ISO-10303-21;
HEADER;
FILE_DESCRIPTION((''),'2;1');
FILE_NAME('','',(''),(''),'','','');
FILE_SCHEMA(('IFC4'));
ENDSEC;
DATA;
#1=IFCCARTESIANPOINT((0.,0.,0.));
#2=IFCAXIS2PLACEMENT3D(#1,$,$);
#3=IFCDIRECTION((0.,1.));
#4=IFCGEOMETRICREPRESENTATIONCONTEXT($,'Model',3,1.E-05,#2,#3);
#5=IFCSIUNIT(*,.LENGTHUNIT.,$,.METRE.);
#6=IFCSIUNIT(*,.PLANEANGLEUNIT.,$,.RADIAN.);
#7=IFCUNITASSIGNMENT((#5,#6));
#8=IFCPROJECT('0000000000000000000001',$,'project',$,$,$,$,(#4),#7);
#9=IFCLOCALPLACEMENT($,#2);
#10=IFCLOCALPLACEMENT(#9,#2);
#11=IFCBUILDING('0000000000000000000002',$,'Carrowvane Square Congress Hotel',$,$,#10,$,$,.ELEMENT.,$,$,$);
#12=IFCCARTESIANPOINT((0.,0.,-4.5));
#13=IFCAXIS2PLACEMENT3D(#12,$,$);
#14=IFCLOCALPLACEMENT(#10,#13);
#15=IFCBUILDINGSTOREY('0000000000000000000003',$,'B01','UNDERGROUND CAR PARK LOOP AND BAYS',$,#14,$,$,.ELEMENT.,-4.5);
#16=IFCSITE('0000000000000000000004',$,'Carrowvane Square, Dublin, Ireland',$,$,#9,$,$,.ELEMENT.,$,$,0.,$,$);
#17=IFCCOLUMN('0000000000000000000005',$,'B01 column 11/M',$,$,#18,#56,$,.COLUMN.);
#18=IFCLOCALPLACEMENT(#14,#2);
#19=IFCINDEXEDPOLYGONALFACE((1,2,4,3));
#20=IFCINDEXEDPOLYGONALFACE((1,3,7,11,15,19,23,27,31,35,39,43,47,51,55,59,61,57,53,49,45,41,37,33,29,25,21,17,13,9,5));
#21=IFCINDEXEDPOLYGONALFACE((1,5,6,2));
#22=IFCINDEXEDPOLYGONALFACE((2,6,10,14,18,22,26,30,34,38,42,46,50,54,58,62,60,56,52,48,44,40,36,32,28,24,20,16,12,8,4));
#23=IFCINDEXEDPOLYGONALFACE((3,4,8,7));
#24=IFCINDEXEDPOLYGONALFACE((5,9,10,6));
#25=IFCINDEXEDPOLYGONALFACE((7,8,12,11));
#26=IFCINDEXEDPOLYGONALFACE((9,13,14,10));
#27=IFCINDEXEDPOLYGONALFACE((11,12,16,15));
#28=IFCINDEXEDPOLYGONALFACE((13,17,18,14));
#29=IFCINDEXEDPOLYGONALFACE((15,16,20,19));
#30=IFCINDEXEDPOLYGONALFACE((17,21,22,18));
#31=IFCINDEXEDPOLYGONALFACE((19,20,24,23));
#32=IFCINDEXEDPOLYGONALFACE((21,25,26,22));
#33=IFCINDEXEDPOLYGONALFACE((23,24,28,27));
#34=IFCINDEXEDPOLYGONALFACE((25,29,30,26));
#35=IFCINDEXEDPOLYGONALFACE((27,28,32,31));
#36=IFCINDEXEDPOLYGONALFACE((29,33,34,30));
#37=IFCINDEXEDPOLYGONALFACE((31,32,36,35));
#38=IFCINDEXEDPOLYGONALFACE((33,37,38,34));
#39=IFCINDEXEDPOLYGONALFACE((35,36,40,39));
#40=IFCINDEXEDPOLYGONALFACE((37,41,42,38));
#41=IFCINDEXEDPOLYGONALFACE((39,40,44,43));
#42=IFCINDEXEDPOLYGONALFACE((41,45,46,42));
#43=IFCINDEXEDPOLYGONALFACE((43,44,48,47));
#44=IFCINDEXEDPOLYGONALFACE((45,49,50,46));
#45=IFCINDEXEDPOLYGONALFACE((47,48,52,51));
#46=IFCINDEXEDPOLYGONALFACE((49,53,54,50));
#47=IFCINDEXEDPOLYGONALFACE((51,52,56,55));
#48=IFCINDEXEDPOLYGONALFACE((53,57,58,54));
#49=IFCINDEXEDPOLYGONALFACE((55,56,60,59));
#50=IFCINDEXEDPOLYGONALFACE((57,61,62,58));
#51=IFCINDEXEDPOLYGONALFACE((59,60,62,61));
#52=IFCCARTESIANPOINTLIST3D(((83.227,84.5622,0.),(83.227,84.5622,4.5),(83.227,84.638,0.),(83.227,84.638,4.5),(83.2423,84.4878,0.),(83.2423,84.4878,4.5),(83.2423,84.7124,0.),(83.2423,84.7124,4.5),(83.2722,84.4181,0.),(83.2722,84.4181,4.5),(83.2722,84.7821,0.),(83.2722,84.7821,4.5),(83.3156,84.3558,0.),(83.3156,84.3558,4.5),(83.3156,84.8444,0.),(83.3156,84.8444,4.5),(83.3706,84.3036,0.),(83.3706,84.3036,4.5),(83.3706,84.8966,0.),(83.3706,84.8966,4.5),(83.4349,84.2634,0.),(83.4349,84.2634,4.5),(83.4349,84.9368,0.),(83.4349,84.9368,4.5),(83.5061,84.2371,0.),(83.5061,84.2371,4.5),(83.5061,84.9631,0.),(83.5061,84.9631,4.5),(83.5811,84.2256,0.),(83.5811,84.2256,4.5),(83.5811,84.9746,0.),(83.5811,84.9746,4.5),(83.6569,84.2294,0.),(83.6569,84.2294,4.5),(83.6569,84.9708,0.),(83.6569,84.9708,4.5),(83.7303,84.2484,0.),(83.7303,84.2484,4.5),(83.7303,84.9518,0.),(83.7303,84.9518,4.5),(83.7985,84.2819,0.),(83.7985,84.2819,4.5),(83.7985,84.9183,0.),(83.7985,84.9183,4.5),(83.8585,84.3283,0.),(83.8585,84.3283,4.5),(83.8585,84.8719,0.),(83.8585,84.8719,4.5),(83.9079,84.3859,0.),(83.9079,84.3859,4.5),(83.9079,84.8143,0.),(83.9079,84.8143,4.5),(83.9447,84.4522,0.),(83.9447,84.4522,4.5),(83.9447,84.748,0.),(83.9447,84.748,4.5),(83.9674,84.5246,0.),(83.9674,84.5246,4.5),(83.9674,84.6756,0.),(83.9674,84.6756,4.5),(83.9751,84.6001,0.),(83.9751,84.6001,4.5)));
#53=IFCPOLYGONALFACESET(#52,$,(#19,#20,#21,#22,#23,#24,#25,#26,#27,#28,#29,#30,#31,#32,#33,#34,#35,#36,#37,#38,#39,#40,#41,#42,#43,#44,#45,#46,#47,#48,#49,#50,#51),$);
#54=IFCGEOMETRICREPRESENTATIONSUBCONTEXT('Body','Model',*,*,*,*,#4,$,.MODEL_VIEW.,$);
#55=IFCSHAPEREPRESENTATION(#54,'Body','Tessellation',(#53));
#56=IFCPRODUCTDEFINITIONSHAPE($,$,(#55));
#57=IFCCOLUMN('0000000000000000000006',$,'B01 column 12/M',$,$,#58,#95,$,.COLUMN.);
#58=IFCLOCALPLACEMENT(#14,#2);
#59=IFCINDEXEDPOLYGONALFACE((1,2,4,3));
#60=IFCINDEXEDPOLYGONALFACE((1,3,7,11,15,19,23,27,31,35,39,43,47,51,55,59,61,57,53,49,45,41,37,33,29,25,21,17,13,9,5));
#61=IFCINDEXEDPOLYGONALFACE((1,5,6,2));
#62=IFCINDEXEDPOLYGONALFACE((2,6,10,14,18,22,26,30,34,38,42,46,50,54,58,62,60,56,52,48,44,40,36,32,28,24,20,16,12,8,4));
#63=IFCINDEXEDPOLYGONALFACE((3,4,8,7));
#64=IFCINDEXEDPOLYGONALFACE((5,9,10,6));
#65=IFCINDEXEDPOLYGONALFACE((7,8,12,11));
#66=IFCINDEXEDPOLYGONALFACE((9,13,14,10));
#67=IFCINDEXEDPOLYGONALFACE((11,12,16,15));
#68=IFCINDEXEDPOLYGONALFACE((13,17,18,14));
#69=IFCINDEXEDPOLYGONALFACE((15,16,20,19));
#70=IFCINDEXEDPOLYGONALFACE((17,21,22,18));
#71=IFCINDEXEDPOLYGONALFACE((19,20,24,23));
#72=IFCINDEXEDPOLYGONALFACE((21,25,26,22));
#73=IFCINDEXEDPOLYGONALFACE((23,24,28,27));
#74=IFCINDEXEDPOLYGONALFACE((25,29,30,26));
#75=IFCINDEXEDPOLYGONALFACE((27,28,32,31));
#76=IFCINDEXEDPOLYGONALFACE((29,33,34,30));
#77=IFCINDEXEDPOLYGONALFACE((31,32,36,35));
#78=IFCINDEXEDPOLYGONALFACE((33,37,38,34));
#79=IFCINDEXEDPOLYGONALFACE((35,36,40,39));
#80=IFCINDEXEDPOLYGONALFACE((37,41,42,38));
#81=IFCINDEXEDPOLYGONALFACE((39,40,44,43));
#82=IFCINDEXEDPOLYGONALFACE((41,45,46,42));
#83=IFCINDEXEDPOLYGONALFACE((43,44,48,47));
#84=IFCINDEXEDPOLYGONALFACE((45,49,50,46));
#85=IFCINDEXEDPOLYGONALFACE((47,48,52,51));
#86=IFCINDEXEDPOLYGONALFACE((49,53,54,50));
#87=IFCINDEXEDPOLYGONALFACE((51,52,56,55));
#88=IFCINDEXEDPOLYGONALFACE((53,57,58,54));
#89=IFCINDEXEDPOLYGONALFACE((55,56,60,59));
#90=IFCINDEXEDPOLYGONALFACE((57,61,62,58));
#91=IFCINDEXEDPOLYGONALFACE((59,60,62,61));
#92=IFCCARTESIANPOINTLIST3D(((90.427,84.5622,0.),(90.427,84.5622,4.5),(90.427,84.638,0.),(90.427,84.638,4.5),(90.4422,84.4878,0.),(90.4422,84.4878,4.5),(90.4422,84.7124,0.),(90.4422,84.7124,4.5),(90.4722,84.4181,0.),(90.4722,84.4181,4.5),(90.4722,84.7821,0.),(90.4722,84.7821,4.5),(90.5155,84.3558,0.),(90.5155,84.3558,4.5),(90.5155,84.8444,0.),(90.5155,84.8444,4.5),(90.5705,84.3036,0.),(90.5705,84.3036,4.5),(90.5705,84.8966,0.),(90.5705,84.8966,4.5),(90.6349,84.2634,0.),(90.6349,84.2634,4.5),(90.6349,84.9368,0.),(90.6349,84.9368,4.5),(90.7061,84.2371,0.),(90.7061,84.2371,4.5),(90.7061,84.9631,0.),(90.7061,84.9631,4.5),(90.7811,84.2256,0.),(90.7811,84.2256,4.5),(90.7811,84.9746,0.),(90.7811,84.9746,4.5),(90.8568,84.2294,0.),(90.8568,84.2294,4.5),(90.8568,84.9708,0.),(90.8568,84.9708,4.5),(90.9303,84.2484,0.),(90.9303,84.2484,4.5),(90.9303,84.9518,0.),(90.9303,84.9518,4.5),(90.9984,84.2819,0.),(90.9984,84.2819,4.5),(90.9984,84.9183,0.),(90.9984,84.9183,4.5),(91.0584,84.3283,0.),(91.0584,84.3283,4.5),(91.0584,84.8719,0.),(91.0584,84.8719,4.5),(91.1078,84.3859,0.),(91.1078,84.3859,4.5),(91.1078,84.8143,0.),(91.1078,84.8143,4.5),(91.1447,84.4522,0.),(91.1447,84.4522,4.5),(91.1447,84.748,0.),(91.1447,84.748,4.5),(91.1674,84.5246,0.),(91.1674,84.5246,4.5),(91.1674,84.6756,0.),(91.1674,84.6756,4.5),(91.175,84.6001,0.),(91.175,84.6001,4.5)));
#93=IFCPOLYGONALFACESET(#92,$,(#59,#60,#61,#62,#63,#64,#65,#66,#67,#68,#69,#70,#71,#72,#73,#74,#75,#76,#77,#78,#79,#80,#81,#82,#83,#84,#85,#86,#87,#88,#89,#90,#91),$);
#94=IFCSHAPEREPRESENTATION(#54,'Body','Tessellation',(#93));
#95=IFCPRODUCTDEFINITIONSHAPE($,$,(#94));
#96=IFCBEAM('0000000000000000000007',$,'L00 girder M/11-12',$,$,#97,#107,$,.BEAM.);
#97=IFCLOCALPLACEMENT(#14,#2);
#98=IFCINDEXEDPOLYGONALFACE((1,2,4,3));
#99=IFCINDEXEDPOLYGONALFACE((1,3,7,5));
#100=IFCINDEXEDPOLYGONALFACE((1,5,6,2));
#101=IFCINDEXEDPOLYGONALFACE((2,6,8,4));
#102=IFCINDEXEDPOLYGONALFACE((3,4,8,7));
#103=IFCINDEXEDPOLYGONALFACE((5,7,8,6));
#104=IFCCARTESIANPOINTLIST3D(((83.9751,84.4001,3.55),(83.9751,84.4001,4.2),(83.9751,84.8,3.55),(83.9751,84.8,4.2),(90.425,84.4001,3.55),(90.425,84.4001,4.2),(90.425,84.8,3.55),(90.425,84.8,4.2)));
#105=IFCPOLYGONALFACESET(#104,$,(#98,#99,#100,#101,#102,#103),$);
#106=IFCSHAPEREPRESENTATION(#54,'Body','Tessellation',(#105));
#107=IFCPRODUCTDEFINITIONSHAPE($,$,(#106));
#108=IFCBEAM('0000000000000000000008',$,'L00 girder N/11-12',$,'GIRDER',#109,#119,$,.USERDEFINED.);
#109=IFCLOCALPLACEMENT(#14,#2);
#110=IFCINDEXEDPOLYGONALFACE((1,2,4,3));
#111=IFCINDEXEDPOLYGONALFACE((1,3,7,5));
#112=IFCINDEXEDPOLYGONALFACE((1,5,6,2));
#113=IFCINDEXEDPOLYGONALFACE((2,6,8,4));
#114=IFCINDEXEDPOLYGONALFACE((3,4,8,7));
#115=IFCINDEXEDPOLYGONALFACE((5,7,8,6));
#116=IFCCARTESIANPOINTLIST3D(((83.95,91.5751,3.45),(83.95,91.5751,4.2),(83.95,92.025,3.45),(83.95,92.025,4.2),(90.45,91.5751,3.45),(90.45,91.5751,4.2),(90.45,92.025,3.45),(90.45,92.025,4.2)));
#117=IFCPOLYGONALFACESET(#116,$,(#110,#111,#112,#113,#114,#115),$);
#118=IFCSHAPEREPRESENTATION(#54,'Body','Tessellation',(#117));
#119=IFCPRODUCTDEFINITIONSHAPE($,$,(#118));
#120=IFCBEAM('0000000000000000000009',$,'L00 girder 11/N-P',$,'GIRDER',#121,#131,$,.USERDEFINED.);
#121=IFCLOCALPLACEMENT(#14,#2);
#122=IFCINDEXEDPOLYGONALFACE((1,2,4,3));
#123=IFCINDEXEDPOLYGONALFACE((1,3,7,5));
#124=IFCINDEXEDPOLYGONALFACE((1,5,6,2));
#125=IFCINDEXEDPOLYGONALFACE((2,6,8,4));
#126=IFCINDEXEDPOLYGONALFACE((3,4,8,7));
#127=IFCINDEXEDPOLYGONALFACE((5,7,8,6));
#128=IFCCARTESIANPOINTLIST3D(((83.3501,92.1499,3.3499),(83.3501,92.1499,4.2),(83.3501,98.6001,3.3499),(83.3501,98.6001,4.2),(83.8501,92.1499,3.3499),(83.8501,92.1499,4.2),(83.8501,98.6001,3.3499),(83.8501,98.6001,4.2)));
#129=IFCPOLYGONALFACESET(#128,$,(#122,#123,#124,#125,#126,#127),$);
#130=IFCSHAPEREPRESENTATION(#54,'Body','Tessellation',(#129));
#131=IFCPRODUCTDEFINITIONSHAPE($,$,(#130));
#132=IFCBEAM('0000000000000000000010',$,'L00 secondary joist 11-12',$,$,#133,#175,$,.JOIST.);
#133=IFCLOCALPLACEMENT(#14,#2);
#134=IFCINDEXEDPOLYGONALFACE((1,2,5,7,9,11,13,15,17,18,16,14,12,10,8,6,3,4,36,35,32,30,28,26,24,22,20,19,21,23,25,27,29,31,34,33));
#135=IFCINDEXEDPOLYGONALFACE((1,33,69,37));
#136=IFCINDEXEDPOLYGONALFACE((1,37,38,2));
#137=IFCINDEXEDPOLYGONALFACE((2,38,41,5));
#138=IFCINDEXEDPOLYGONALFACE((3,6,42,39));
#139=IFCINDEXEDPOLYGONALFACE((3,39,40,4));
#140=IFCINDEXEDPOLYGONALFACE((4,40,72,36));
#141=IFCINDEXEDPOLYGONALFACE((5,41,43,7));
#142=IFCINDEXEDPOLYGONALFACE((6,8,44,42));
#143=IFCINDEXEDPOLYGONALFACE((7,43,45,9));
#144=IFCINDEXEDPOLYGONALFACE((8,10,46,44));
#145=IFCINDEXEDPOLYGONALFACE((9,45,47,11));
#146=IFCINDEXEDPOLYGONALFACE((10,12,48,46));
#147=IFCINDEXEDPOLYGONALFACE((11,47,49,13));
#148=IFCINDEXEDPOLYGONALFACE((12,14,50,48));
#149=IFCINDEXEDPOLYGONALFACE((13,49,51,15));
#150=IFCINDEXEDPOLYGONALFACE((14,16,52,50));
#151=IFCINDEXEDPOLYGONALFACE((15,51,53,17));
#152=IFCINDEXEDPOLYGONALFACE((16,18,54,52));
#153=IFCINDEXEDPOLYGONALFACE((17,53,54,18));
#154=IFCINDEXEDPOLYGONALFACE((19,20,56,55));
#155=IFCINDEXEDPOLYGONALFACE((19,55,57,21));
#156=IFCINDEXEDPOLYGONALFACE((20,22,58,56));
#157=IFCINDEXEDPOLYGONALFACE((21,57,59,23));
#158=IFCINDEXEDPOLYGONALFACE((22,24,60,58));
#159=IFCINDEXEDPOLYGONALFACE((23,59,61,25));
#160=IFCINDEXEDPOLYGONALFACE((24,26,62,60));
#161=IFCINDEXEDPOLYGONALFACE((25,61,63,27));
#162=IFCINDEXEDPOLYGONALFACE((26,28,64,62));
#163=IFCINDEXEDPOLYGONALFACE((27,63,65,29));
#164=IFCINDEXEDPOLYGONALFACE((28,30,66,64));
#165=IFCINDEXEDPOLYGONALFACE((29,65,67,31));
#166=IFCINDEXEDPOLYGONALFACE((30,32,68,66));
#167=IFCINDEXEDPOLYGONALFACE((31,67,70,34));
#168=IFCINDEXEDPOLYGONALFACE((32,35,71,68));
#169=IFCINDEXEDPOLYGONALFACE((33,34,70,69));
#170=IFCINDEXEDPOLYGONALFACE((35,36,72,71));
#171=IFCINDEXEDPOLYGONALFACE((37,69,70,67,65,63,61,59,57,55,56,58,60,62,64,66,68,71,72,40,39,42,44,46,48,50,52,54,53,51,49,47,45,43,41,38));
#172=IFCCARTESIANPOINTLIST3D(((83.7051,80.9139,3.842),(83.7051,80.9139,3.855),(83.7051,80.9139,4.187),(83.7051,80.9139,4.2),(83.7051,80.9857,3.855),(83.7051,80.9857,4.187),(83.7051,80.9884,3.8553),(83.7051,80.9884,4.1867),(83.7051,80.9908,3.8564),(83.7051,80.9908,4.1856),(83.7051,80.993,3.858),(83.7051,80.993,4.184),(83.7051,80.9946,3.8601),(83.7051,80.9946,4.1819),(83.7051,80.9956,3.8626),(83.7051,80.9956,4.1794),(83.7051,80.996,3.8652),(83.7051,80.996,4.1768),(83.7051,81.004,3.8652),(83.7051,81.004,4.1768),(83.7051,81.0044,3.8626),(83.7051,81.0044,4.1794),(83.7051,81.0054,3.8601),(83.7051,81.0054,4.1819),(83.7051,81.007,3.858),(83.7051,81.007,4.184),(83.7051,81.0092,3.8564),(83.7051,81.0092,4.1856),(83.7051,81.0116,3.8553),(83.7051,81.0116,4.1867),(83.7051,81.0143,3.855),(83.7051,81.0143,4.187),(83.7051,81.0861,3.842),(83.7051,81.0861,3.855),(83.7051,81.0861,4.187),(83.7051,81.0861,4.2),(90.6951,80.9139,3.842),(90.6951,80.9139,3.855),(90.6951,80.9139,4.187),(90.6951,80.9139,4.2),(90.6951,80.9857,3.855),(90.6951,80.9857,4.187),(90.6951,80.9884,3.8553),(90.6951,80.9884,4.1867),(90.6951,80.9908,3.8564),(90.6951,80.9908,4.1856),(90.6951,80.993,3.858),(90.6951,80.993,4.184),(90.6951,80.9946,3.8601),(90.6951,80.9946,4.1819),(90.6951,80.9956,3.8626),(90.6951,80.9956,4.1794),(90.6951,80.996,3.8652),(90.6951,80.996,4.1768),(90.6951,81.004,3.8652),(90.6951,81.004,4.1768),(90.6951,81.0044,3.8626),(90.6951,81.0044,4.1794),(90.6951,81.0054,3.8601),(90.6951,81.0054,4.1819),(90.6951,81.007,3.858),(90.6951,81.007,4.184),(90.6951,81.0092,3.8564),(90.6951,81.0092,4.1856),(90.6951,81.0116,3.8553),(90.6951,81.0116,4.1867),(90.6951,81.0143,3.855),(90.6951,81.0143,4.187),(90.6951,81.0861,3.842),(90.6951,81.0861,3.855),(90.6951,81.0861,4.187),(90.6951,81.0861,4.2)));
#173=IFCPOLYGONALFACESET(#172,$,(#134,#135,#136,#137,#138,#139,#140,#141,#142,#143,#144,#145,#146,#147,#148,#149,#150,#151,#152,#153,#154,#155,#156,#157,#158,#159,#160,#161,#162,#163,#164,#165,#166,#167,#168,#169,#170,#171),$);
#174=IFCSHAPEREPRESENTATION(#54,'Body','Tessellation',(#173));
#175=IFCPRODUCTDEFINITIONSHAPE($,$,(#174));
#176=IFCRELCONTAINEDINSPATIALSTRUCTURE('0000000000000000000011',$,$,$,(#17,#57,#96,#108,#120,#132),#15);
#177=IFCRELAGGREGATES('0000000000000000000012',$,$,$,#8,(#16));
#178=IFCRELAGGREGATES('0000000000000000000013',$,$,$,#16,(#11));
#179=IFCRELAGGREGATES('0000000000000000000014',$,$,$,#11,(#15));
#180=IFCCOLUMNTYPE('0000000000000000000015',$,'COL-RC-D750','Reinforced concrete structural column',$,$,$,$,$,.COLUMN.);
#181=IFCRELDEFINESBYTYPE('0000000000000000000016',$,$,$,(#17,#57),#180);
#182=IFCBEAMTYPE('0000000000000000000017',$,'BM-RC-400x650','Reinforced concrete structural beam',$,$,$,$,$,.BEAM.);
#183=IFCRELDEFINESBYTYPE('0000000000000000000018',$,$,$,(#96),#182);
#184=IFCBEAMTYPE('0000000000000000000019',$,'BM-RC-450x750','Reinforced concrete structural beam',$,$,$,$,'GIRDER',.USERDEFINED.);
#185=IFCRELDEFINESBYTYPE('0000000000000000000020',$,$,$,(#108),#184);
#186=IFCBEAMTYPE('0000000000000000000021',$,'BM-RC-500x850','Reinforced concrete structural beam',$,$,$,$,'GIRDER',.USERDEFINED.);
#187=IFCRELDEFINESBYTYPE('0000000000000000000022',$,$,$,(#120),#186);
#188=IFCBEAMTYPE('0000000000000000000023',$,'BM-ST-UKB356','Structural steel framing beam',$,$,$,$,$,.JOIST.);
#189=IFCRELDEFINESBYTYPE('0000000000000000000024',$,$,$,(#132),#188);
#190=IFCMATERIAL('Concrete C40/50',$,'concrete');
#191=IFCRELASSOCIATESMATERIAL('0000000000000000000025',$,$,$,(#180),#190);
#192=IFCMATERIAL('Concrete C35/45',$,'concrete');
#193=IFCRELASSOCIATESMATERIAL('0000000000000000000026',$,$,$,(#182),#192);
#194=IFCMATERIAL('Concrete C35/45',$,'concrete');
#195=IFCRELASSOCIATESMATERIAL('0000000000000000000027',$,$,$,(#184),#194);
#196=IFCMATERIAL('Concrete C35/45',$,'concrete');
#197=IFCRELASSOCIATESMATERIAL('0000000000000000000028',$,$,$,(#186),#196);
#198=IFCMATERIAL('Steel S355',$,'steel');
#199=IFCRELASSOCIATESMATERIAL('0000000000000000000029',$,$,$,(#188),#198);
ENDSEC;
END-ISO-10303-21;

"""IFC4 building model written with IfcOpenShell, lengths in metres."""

from ifc_helpers import new_model, si_unit, direction, frame, origin, origin_2d, place, context, subcontext, project, spatial, rectangle, circle, i_section, extrude, material, material_profile, profile_set, type_object, element, save


model = new_model("IFC4")

# Units and contexts
model_context = context("Model", 3, precision=1e-05, world=origin(), true_north=direction((0.0, 1.0)))
body_context = subcontext(model_context, "Body", "Model", "MODEL_VIEW")
ifc_project = project(units=[si_unit("LENGTHUNIT", "METRE"), si_unit("PLANEANGLEUNIT", "RADIAN")], contexts=[model_context])

# Site, building, storey
site_placement = place(None, origin())
site = spatial("IfcSite", under=ifc_project, at=site_placement, Name="Carrowvane Square, Dublin, Ireland", CompositionType="ELEMENT", RefElevation=0.0)
building_placement = place(site_placement, origin())
building = spatial("IfcBuilding", under=site, at=building_placement, Name="Carrowvane Square Congress Hotel", CompositionType="ELEMENT")
storey_placement = place(building_placement, frame((0.0, 0.0, -4.5)))
storey = spatial("IfcBuildingStorey", under=building, at=storey_placement, Name="B01", Description="UNDERGROUND CAR PARK LOOP AND BAYS", CompositionType="ELEMENT", Elevation=-4.5)

# Columns
ifc_material_1 = material(Name="Concrete C40/50", Category="concrete")
ifc_material_profile_1 = material_profile(ifc_material_1, circle(Radius=0.375, at=origin_2d()), Name="RC D750")
ifc_profile_set_1 = profile_set([ifc_material_profile_1], Name="Concrete C40/50")
column_type_1 = type_object("IfcColumnType", Name="COL-RC-D750", Description="Reinforced concrete structural column", PredefinedType="COLUMN", material=ifc_profile_set_1)
for number, where, z_axis, x_axis, name in (
    (1, (83.6001, 84.6001, 0.0), (0.0, 0.0, 1.0), (1.0, 0.0, 0.0), "B01 column 11/M"),
    (2, (90.8, 84.6001, 0.0), (0.0, 0.0, 1.0), (1.0, 0.0, 0.0), "B01 column 12/M"),
):
    element("IfcColumn", number, at=place(storey_placement, frame(where, z_axis=z_axis, x_axis=x_axis)), inside=storey, type_object=column_type_1, Name=name, PredefinedType="COLUMN", context=body_context, shape_type="SweptSolid", body=[
        extrude(circle(Radius=0.375, at=origin_2d()), origin(), (0.0, 0.0, 1.0), 4.5),
    ])

# Beams
ifc_material_2 = material(Name="Concrete C35/45", Category="concrete")
ifc_material_profile_2 = material_profile(ifc_material_2, rectangle(XDim=0.3999, YDim=0.6499, at=origin_2d()), Name="RC 400x650")
ifc_profile_set_2 = profile_set([ifc_material_profile_2], Name="Concrete C35/45")
beam_type_1 = type_object("IfcBeamType", Name="BM-RC-400x650", Description="Reinforced concrete structural beam", PredefinedType="BEAM", material=ifc_profile_set_2)
beam_1_placement = place(storey_placement, frame((83.9751, 84.6001, 3.875), z_axis=(1.0, 0.0, 0.0), x_axis=(0.0, 1.0, 0.0)))
element("IfcBeam", 3, at=beam_1_placement, inside=storey, type_object=beam_type_1, Name="L00 girder M/11-12", PredefinedType="BEAM", context=body_context, shape_type="SweptSolid", body=[
    extrude(rectangle(XDim=0.3999, YDim=0.6499, at=origin_2d()), origin(), (0.0, 0.0, 1.0), 6.45),
])
ifc_material_3 = material(Name="Concrete C35/45", Category="concrete")
ifc_material_profile_3 = material_profile(ifc_material_3, rectangle(XDim=0.45, YDim=0.75, at=origin_2d()), Name="RC 450x750")
ifc_profile_set_3 = profile_set([ifc_material_profile_3], Name="Concrete C35/45")
beam_type_2 = type_object("IfcBeamType", Name="BM-RC-450x750", Description="Reinforced concrete structural beam", ElementType="GIRDER", PredefinedType="USERDEFINED", material=ifc_profile_set_3)
beam_2_placement = place(storey_placement, frame((83.95, 91.8, 3.825), z_axis=(1.0, 0.0, 0.0), x_axis=(0.0, 1.0, 0.0)))
element("IfcBeam", 4, at=beam_2_placement, inside=storey, type_object=beam_type_2, Name="L00 girder N/11-12", ObjectType="GIRDER", PredefinedType="USERDEFINED", context=body_context, shape_type="SweptSolid", body=[
    extrude(rectangle(XDim=0.45, YDim=0.75, at=origin_2d()), origin(), (0.0, 0.0, 1.0), 6.5),
])
ifc_material_4 = material(Name="Concrete C35/45", Category="concrete")
ifc_material_profile_4 = material_profile(ifc_material_4, rectangle(XDim=0.5, YDim=0.8501, at=origin_2d()), Name="RC 500x850")
ifc_profile_set_4 = profile_set([ifc_material_profile_4], Name="Concrete C35/45")
beam_type_3 = type_object("IfcBeamType", Name="BM-RC-500x850", Description="Reinforced concrete structural beam", ElementType="GIRDER", PredefinedType="USERDEFINED", material=ifc_profile_set_4)
beam_3_placement = place(storey_placement, frame((83.6001, 92.1499, 3.7749), z_axis=(0.0, 1.0, 0.0), x_axis=(-1.0, 0.0, 0.0)))
element("IfcBeam", 5, at=beam_3_placement, inside=storey, type_object=beam_type_3, Name="L00 girder 11/N-P", ObjectType="GIRDER", PredefinedType="USERDEFINED", context=body_context, shape_type="SweptSolid", body=[
    extrude(rectangle(XDim=0.5, YDim=0.8501, at=origin_2d()), origin(), (0.0, 0.0, 1.0), 6.4502),
])
ifc_material_5 = material(Name="Steel S355", Category="steel")
ifc_material_profile_5 = material_profile(ifc_material_5, i_section(OverallWidth=0.1721, OverallDepth=0.3579, WebThickness=0.0081, FlangeThickness=0.0129, FilletRadius=0.0103, at=origin_2d()), Name="UKB 356x171x57")
ifc_profile_set_5 = profile_set([ifc_material_profile_5], Name="Steel S355")
beam_type_4 = type_object("IfcBeamType", Name="BM-ST-UKB356", Description="Structural steel framing beam", PredefinedType="JOIST", material=ifc_profile_set_5)
for number, where, z_axis, x_axis, name in (
    (6, (83.7051, 81.0, 4.021), (1.0, 0.0, 0.0), (0.0, 1.0, 0.0), "L00 secondary joist 11-12"),
):
    element("IfcBeam", number, at=place(storey_placement, frame(where, z_axis=z_axis, x_axis=x_axis)), inside=storey, type_object=beam_type_4, Name=name, PredefinedType="JOIST", context=body_context, shape_type="SweptSolid", body=[
        extrude(i_section(OverallWidth=0.1721, OverallDepth=0.3579, WebThickness=0.0081, FlangeThickness=0.0129, FilletRadius=0.0103, at=origin_2d()), origin(), (0.0, 0.0, 1.0), 6.99),
    ])

save(model, "model.ifc")
